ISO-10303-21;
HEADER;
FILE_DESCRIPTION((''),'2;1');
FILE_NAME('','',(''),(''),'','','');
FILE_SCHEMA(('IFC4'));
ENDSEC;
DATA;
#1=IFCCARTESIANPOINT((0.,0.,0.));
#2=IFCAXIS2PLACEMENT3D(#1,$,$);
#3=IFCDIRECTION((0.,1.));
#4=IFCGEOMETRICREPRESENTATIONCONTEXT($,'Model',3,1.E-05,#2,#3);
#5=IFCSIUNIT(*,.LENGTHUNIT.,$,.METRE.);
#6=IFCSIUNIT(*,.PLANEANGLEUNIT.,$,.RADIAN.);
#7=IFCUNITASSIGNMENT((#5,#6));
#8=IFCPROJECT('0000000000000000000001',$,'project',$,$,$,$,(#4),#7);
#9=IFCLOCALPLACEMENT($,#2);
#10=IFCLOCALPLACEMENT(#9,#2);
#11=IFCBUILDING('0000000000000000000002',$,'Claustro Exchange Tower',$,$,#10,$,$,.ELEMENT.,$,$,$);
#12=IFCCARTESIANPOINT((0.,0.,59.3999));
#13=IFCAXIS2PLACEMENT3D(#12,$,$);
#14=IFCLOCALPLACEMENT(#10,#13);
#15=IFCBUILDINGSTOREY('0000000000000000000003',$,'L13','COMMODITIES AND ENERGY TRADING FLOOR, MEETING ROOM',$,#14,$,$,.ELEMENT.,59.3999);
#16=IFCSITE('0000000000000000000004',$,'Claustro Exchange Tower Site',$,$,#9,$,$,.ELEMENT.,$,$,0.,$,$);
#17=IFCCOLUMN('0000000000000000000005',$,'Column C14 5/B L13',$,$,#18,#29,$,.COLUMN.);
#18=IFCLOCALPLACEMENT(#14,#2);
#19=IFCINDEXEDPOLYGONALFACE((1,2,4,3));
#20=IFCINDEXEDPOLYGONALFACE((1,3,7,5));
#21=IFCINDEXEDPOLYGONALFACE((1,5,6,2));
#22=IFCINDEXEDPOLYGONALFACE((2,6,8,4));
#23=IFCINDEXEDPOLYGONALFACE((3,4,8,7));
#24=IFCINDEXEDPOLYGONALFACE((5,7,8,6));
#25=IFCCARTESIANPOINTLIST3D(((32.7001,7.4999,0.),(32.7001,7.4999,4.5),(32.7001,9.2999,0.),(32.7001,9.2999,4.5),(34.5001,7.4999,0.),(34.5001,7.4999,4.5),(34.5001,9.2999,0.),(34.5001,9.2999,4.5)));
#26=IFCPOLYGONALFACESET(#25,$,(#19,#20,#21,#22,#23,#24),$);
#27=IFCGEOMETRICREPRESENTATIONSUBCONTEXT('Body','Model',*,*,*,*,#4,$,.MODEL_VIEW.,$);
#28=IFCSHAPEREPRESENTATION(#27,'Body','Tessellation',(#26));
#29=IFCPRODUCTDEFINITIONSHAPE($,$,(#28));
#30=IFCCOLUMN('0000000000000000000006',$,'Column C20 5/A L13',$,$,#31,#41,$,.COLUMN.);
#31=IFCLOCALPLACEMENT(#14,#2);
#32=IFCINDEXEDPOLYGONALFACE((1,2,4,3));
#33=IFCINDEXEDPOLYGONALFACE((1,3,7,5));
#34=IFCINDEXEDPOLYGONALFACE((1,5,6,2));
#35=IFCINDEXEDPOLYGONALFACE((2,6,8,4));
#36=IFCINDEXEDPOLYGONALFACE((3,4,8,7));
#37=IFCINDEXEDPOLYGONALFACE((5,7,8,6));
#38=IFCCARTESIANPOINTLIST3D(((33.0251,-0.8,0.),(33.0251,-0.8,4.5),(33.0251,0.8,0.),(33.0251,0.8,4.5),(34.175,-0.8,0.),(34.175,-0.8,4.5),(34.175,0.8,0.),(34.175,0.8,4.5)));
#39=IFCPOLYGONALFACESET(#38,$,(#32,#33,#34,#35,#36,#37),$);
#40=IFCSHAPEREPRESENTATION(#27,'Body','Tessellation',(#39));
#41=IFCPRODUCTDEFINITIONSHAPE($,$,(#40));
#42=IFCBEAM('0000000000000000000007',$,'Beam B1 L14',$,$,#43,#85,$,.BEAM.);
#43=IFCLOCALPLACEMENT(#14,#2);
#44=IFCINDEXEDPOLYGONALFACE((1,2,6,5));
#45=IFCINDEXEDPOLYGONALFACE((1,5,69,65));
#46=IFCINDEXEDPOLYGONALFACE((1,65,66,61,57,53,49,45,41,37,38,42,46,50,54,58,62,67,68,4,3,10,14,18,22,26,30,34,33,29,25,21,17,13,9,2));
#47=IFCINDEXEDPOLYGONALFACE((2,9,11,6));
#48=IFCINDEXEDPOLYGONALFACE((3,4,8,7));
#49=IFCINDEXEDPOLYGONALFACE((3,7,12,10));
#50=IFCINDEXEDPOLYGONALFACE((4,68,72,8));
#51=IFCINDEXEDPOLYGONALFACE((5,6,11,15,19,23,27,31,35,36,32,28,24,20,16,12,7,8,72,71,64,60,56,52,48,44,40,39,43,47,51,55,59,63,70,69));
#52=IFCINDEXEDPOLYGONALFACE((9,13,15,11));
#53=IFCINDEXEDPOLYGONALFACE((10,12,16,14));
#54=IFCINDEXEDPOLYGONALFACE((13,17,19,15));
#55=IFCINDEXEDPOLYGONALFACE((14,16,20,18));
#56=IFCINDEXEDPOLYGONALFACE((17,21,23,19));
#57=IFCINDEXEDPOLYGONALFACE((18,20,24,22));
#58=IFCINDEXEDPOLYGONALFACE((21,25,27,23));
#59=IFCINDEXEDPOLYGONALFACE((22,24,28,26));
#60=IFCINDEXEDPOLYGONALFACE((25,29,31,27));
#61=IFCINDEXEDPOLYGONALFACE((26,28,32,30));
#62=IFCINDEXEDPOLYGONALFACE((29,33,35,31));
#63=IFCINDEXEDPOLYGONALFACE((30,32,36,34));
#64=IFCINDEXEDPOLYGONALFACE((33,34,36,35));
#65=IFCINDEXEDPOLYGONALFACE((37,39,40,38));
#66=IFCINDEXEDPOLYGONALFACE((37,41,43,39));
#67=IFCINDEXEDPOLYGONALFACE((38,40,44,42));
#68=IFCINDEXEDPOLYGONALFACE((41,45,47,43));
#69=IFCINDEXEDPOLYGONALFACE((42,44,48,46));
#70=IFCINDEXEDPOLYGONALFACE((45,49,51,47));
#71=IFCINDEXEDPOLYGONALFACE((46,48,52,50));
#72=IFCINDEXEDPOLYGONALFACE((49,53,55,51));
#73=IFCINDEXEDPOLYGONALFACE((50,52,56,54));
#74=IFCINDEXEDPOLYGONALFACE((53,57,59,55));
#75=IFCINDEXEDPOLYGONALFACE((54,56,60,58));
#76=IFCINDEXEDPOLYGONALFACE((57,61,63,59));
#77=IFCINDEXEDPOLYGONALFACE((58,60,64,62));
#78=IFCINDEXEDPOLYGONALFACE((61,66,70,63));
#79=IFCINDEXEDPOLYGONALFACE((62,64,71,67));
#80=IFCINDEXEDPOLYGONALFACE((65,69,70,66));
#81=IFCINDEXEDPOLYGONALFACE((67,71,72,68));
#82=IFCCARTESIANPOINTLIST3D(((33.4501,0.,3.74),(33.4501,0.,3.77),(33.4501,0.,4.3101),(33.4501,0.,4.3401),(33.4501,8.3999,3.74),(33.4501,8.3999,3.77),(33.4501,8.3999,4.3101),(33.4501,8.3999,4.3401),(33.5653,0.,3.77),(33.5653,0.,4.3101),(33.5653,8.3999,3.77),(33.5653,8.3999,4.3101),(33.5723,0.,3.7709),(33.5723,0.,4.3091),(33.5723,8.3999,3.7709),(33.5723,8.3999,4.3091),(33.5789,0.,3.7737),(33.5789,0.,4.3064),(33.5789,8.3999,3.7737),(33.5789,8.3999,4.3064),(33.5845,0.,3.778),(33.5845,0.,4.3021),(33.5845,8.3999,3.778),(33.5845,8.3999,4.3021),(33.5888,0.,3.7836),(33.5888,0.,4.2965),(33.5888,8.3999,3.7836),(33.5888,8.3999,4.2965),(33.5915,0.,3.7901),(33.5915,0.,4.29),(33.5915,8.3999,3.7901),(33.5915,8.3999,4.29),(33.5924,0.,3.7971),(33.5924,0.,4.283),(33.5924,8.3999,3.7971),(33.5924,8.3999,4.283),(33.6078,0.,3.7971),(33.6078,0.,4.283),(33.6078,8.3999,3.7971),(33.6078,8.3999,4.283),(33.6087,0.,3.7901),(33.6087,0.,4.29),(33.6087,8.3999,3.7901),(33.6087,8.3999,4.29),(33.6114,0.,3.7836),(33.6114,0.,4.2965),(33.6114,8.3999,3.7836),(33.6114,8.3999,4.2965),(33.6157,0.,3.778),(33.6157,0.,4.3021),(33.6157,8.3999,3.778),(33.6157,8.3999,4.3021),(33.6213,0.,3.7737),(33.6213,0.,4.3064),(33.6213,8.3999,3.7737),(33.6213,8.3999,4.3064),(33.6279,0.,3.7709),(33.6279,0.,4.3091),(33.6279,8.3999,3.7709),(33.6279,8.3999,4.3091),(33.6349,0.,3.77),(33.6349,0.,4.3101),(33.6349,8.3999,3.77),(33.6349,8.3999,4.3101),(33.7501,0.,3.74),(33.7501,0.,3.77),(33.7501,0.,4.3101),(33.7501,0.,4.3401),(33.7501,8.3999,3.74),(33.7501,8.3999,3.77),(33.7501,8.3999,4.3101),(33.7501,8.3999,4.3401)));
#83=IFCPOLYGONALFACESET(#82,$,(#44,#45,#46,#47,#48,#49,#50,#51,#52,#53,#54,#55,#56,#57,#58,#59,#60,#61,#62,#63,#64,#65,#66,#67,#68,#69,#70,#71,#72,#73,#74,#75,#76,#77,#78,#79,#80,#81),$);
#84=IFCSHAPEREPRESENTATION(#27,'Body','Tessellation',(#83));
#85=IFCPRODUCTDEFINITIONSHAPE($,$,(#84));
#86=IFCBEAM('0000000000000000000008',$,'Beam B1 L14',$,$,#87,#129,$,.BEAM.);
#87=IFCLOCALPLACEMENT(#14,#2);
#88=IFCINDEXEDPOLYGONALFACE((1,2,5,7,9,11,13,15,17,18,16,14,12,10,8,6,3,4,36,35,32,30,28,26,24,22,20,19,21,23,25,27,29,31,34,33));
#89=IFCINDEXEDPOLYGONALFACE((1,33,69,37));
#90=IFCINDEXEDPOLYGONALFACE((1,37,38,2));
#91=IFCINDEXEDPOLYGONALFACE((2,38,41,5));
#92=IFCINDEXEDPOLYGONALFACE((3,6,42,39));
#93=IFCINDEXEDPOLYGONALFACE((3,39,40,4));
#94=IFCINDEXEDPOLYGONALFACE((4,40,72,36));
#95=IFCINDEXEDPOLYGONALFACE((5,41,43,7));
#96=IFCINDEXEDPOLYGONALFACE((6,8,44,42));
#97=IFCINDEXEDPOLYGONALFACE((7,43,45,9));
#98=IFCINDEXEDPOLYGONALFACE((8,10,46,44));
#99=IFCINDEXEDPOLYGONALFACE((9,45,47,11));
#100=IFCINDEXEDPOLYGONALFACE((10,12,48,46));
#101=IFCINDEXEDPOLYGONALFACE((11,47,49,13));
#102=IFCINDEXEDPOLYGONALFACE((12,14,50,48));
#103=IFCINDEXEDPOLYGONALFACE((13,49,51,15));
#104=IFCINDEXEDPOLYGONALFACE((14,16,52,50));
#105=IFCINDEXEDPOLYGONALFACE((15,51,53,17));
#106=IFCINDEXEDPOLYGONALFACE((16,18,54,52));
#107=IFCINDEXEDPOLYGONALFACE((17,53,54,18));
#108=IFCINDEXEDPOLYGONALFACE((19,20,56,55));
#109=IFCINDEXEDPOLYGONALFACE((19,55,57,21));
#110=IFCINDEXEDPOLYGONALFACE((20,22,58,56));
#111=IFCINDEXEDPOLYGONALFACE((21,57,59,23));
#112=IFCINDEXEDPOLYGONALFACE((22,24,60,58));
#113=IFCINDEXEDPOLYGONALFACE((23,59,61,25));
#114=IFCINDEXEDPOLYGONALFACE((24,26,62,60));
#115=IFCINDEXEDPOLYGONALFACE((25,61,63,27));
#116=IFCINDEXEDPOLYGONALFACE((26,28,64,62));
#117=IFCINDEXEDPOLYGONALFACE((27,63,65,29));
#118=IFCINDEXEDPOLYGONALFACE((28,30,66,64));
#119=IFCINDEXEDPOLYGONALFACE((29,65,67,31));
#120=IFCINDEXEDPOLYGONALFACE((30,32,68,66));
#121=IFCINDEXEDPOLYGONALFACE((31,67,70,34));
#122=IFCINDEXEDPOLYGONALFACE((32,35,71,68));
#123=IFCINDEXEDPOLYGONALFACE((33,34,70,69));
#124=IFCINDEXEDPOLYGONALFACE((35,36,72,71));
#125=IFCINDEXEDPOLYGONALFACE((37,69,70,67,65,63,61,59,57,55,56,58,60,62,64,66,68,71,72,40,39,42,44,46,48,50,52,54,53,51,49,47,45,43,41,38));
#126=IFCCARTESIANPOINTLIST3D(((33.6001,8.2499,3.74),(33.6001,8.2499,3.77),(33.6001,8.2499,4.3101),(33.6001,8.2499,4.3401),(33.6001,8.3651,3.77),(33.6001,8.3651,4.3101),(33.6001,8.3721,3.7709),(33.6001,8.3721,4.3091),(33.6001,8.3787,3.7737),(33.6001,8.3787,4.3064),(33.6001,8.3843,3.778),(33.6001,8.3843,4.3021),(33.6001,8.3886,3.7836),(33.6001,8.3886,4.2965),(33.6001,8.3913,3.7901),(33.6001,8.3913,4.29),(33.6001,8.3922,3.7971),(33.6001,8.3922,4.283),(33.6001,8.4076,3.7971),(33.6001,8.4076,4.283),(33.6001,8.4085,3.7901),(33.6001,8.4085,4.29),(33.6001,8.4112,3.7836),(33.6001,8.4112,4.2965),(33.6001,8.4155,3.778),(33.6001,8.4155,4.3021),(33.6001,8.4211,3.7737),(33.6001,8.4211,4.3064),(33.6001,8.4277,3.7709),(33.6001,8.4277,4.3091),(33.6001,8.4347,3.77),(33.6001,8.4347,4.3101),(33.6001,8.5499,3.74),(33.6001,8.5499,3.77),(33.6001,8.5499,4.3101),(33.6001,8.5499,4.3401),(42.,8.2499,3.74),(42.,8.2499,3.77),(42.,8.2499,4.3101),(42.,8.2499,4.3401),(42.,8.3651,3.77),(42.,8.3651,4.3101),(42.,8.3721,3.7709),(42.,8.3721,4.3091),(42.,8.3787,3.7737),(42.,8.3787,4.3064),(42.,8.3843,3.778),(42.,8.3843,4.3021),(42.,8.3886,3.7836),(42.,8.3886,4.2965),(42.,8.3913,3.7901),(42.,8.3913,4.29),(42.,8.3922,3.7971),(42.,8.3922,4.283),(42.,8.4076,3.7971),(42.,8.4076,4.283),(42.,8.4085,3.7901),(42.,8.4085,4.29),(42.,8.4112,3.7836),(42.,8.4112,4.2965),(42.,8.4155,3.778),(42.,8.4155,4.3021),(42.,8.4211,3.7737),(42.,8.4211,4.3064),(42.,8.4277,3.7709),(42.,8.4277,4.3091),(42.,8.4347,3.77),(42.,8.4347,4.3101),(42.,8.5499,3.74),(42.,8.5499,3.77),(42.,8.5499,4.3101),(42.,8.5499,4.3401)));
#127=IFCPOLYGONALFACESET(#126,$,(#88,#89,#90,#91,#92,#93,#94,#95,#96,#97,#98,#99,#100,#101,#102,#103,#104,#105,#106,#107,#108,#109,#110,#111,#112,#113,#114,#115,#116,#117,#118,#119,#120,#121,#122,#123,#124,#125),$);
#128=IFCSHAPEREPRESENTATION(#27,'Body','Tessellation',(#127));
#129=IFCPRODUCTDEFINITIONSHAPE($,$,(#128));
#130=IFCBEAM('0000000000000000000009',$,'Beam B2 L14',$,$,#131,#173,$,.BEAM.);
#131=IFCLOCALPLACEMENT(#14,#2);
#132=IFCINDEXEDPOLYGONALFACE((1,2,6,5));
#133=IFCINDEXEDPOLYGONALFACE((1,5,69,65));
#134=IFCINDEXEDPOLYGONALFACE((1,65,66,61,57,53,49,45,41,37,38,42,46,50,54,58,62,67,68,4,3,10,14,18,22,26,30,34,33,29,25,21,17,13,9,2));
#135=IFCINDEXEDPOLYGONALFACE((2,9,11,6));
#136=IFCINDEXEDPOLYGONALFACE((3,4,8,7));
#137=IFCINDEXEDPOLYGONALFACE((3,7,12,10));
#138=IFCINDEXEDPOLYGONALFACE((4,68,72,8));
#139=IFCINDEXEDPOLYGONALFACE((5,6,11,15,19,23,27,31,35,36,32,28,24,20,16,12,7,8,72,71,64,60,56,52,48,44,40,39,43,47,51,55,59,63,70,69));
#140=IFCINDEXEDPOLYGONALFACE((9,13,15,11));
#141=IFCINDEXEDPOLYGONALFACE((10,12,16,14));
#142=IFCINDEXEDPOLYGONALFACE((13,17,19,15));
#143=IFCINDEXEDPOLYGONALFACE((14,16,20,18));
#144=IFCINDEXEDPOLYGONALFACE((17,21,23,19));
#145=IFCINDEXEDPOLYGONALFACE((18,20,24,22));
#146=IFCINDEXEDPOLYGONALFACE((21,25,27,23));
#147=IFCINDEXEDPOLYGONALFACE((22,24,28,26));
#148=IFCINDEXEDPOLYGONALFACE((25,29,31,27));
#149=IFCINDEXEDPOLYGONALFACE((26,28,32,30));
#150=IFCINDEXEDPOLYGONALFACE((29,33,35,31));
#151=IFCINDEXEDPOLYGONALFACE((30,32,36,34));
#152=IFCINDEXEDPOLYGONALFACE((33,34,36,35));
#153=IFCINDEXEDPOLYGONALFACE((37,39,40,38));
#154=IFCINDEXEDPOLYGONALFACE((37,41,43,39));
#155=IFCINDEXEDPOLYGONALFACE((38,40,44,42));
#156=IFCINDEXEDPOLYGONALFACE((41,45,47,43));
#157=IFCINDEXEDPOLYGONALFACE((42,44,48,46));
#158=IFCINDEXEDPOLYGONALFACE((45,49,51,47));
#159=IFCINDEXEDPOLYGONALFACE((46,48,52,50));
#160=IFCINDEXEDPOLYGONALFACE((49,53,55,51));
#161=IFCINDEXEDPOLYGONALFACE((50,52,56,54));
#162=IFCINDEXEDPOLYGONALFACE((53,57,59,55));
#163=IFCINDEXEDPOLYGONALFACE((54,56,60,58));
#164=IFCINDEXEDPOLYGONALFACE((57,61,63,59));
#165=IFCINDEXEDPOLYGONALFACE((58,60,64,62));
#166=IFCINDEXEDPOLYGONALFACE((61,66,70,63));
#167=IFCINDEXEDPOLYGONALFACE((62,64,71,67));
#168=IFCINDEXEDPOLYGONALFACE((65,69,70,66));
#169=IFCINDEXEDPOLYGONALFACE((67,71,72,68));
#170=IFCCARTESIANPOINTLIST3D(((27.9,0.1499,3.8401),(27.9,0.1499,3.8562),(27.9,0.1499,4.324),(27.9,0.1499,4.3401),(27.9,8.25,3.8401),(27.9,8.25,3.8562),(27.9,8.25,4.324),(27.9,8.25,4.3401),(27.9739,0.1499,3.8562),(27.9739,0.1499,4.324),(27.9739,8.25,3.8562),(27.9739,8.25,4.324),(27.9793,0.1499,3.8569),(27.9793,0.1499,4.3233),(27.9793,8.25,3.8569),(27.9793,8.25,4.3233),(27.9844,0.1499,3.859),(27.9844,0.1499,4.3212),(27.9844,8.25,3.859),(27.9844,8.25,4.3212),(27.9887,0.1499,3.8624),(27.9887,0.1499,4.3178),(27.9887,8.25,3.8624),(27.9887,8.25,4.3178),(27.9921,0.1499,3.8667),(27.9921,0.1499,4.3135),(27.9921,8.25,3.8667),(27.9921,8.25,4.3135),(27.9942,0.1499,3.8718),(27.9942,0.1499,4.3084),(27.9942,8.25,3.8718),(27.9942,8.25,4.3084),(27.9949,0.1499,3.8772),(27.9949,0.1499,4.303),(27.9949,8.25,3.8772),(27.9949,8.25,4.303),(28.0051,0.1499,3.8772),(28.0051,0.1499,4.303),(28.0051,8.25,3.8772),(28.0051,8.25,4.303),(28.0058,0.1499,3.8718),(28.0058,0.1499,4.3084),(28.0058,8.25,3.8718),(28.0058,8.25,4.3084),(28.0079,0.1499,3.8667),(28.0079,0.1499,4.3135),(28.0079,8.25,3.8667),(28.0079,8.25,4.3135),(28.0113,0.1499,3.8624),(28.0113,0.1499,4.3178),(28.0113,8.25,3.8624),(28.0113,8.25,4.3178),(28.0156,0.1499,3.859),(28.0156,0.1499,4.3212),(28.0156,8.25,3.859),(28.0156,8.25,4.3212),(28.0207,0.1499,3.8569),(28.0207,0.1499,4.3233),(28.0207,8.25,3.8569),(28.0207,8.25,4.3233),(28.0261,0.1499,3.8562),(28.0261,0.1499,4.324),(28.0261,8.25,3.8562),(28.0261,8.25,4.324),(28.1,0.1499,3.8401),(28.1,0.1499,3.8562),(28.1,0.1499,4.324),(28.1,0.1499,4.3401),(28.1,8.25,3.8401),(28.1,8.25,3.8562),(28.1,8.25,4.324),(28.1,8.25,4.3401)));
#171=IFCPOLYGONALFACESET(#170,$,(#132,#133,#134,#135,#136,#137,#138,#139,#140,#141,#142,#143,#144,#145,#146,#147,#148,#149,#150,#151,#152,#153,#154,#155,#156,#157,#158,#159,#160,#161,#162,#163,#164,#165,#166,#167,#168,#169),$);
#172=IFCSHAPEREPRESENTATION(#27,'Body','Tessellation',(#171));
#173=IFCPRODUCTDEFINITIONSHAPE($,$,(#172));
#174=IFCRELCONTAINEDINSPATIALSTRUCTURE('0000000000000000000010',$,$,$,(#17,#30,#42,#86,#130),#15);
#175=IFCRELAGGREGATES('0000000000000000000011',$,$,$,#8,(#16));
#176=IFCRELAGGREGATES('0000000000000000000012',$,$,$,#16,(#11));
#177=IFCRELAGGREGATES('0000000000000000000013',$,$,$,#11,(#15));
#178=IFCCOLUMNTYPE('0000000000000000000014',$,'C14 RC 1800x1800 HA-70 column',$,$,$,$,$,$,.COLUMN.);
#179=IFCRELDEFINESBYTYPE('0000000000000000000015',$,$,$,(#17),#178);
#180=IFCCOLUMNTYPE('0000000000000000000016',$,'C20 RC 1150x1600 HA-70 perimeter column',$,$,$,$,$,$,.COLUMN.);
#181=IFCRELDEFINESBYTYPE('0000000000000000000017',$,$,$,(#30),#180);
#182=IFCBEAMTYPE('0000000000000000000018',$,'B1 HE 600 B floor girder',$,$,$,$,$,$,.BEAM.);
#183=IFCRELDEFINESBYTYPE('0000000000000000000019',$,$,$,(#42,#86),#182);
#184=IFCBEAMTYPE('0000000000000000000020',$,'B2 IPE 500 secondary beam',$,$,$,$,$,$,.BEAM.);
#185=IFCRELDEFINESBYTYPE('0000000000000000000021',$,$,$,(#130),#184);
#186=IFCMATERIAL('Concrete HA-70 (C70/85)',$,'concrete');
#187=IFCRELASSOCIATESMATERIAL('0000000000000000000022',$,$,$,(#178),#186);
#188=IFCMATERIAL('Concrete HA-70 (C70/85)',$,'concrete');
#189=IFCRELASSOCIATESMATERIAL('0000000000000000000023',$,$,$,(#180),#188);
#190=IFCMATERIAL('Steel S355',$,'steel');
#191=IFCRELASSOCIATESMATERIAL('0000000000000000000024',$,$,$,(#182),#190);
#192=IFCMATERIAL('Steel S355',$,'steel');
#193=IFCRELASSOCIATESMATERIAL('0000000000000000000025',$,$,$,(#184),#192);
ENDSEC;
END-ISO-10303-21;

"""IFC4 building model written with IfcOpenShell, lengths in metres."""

from ifc_helpers import new_model, si_unit, direction, frame, origin, origin_2d, place, context, subcontext, project, spatial, rectangle, i_section, extrude, material, material_profile, profile_set, type_object, element, save


model = new_model("IFC4")

# Units and contexts
model_context = context("Model", 3, precision=1e-05, world=origin(), true_north=direction((0.0, 1.0)))
body_context = subcontext(model_context, "Body", "Model", "MODEL_VIEW")
ifc_project = project(units=[si_unit("LENGTHUNIT", "METRE"), si_unit("PLANEANGLEUNIT", "RADIAN")], contexts=[model_context])

# Site, building, storey
site_placement = place(None, origin())
site = spatial("IfcSite", under=ifc_project, at=site_placement, Name="Claustro Exchange Tower Site", CompositionType="ELEMENT", RefElevation=0.0)
building_placement = place(site_placement, origin())
building = spatial("IfcBuilding", under=site, at=building_placement, Name="Claustro Exchange Tower", CompositionType="ELEMENT")
storey_placement = place(building_placement, frame((0.0, 0.0, 59.3999)))
storey = spatial("IfcBuildingStorey", under=building, at=storey_placement, Name="L13", Description="COMMODITIES AND ENERGY TRADING FLOOR, MEETING ROOM", CompositionType="ELEMENT", Elevation=59.3999)

# Columns
ifc_material_1 = material(Name="Concrete HA-70 (C70/85)", Category="concrete")
ifc_material_profile_1 = material_profile(ifc_material_1, rectangle(XDim=1.8, YDim=1.8, at=origin_2d()), Name="RC 1800x1800")
ifc_profile_set_1 = profile_set([ifc_material_profile_1], Name="Concrete HA-70 (C70/85)")
column_type_1 = type_object("IfcColumnType", Name="C14 RC 1800x1800 HA-70 column", PredefinedType="COLUMN", material=ifc_profile_set_1)
column_1_placement = place(storey_placement, frame((33.6001, 8.3999, 0.0), z_axis=(0.0, 0.0, 1.0), x_axis=(1.0, 0.0, 0.0)))
element("IfcColumn", 1, at=column_1_placement, inside=storey, type_object=column_type_1, Name="Column C14 5/B L13", PredefinedType="COLUMN", context=body_context, shape_type="SweptSolid", body=[
    extrude(rectangle(XDim=1.8, YDim=1.8, at=origin_2d()), origin(), (0.0, 0.0, 1.0), 4.5),
])
ifc_material_2 = material(Name="Concrete HA-70 (C70/85)", Category="concrete")
ifc_material_profile_2 = material_profile(ifc_material_2, rectangle(XDim=1.1499, YDim=1.6001, at=origin_2d()), Name="RC 1150x1600")
ifc_profile_set_2 = profile_set([ifc_material_profile_2], Name="Concrete HA-70 (C70/85)")
column_type_2 = type_object("IfcColumnType", Name="C20 RC 1150x1600 HA-70 perimeter column", PredefinedType="COLUMN", material=ifc_profile_set_2)
column_2_placement = place(storey_placement, frame((33.6001, 0.0, 0.0), z_axis=(0.0, 0.0, 1.0), x_axis=(1.0, 0.0, 0.0)))
element("IfcColumn", 2, at=column_2_placement, inside=storey, type_object=column_type_2, Name="Column C20 5/A L13", PredefinedType="COLUMN", context=body_context, shape_type="SweptSolid", body=[
    extrude(rectangle(XDim=1.1499, YDim=1.6001, at=origin_2d()), origin(), (0.0, 0.0, 1.0), 4.5),
])

# Beams
ifc_material_3 = material(Name="Steel S355", Category="steel")
ifc_material_profile_3 = material_profile(ifc_material_3, i_section(OverallWidth=0.3, OverallDepth=0.6001, WebThickness=0.0154, FlangeThickness=0.03, FilletRadius=0.0271, at=origin_2d()), Name="HE 600 B")
ifc_profile_set_3 = profile_set([ifc_material_profile_3], Name="Steel S355")
beam_type_1 = type_object("IfcBeamType", Name="B1 HE 600 B floor girder", PredefinedType="BEAM", material=ifc_profile_set_3)
for number, where, z_axis, x_axis, name in (
    (3, (33.6001, 0.0, 4.04), (0.0, 1.0, 0.0), (-1.0, 0.0, 0.0), "Beam B1 L14"),
    (4, (33.6001, 8.3999, 4.04), (1.0, 0.0, 0.0), (0.0, 1.0, 0.0), "Beam B1 L14"),
):
    element("IfcBeam", number, at=place(storey_placement, frame(where, z_axis=z_axis, x_axis=x_axis)), inside=storey, type_object=beam_type_1, Name=name, PredefinedType="BEAM", context=body_context, shape_type="SweptSolid", body=[
        extrude(i_section(OverallWidth=0.3, OverallDepth=0.6001, WebThickness=0.0154, FlangeThickness=0.03, FilletRadius=0.0271, at=origin_2d()), origin(), (0.0, 0.0, 1.0), 8.3999),
    ])
ifc_material_4 = material(Name="Steel S355", Category="steel")
ifc_material_profile_4 = material_profile(ifc_material_4, i_section(OverallWidth=0.2, OverallDepth=0.5, WebThickness=0.0103, FlangeThickness=0.0161, FilletRadius=0.021, at=origin_2d()), Name="IPE 500")
ifc_profile_set_4 = profile_set([ifc_material_profile_4], Name="Steel S355")
beam_type_2 = type_object("IfcBeamType", Name="B2 IPE 500 secondary beam", PredefinedType="BEAM", material=ifc_profile_set_4)
for number, where, z_axis, x_axis, name in (
    (5, (28.0, 0.1499, 4.0901), (0.0, 1.0, 0.0), (-1.0, 0.0, 0.0), "Beam B2 L14"),
):
    element("IfcBeam", number, at=place(storey_placement, frame(where, z_axis=z_axis, x_axis=x_axis)), inside=storey, type_object=beam_type_2, Name=name, PredefinedType="BEAM", context=body_context, shape_type="SweptSolid", body=[
        extrude(i_section(OverallWidth=0.2, OverallDepth=0.5, WebThickness=0.0103, FlangeThickness=0.0161, FilletRadius=0.021, at=origin_2d()), origin(), (0.0, 0.0, 1.0), 8.1001),
    ])

save(model, "model.ifc")
